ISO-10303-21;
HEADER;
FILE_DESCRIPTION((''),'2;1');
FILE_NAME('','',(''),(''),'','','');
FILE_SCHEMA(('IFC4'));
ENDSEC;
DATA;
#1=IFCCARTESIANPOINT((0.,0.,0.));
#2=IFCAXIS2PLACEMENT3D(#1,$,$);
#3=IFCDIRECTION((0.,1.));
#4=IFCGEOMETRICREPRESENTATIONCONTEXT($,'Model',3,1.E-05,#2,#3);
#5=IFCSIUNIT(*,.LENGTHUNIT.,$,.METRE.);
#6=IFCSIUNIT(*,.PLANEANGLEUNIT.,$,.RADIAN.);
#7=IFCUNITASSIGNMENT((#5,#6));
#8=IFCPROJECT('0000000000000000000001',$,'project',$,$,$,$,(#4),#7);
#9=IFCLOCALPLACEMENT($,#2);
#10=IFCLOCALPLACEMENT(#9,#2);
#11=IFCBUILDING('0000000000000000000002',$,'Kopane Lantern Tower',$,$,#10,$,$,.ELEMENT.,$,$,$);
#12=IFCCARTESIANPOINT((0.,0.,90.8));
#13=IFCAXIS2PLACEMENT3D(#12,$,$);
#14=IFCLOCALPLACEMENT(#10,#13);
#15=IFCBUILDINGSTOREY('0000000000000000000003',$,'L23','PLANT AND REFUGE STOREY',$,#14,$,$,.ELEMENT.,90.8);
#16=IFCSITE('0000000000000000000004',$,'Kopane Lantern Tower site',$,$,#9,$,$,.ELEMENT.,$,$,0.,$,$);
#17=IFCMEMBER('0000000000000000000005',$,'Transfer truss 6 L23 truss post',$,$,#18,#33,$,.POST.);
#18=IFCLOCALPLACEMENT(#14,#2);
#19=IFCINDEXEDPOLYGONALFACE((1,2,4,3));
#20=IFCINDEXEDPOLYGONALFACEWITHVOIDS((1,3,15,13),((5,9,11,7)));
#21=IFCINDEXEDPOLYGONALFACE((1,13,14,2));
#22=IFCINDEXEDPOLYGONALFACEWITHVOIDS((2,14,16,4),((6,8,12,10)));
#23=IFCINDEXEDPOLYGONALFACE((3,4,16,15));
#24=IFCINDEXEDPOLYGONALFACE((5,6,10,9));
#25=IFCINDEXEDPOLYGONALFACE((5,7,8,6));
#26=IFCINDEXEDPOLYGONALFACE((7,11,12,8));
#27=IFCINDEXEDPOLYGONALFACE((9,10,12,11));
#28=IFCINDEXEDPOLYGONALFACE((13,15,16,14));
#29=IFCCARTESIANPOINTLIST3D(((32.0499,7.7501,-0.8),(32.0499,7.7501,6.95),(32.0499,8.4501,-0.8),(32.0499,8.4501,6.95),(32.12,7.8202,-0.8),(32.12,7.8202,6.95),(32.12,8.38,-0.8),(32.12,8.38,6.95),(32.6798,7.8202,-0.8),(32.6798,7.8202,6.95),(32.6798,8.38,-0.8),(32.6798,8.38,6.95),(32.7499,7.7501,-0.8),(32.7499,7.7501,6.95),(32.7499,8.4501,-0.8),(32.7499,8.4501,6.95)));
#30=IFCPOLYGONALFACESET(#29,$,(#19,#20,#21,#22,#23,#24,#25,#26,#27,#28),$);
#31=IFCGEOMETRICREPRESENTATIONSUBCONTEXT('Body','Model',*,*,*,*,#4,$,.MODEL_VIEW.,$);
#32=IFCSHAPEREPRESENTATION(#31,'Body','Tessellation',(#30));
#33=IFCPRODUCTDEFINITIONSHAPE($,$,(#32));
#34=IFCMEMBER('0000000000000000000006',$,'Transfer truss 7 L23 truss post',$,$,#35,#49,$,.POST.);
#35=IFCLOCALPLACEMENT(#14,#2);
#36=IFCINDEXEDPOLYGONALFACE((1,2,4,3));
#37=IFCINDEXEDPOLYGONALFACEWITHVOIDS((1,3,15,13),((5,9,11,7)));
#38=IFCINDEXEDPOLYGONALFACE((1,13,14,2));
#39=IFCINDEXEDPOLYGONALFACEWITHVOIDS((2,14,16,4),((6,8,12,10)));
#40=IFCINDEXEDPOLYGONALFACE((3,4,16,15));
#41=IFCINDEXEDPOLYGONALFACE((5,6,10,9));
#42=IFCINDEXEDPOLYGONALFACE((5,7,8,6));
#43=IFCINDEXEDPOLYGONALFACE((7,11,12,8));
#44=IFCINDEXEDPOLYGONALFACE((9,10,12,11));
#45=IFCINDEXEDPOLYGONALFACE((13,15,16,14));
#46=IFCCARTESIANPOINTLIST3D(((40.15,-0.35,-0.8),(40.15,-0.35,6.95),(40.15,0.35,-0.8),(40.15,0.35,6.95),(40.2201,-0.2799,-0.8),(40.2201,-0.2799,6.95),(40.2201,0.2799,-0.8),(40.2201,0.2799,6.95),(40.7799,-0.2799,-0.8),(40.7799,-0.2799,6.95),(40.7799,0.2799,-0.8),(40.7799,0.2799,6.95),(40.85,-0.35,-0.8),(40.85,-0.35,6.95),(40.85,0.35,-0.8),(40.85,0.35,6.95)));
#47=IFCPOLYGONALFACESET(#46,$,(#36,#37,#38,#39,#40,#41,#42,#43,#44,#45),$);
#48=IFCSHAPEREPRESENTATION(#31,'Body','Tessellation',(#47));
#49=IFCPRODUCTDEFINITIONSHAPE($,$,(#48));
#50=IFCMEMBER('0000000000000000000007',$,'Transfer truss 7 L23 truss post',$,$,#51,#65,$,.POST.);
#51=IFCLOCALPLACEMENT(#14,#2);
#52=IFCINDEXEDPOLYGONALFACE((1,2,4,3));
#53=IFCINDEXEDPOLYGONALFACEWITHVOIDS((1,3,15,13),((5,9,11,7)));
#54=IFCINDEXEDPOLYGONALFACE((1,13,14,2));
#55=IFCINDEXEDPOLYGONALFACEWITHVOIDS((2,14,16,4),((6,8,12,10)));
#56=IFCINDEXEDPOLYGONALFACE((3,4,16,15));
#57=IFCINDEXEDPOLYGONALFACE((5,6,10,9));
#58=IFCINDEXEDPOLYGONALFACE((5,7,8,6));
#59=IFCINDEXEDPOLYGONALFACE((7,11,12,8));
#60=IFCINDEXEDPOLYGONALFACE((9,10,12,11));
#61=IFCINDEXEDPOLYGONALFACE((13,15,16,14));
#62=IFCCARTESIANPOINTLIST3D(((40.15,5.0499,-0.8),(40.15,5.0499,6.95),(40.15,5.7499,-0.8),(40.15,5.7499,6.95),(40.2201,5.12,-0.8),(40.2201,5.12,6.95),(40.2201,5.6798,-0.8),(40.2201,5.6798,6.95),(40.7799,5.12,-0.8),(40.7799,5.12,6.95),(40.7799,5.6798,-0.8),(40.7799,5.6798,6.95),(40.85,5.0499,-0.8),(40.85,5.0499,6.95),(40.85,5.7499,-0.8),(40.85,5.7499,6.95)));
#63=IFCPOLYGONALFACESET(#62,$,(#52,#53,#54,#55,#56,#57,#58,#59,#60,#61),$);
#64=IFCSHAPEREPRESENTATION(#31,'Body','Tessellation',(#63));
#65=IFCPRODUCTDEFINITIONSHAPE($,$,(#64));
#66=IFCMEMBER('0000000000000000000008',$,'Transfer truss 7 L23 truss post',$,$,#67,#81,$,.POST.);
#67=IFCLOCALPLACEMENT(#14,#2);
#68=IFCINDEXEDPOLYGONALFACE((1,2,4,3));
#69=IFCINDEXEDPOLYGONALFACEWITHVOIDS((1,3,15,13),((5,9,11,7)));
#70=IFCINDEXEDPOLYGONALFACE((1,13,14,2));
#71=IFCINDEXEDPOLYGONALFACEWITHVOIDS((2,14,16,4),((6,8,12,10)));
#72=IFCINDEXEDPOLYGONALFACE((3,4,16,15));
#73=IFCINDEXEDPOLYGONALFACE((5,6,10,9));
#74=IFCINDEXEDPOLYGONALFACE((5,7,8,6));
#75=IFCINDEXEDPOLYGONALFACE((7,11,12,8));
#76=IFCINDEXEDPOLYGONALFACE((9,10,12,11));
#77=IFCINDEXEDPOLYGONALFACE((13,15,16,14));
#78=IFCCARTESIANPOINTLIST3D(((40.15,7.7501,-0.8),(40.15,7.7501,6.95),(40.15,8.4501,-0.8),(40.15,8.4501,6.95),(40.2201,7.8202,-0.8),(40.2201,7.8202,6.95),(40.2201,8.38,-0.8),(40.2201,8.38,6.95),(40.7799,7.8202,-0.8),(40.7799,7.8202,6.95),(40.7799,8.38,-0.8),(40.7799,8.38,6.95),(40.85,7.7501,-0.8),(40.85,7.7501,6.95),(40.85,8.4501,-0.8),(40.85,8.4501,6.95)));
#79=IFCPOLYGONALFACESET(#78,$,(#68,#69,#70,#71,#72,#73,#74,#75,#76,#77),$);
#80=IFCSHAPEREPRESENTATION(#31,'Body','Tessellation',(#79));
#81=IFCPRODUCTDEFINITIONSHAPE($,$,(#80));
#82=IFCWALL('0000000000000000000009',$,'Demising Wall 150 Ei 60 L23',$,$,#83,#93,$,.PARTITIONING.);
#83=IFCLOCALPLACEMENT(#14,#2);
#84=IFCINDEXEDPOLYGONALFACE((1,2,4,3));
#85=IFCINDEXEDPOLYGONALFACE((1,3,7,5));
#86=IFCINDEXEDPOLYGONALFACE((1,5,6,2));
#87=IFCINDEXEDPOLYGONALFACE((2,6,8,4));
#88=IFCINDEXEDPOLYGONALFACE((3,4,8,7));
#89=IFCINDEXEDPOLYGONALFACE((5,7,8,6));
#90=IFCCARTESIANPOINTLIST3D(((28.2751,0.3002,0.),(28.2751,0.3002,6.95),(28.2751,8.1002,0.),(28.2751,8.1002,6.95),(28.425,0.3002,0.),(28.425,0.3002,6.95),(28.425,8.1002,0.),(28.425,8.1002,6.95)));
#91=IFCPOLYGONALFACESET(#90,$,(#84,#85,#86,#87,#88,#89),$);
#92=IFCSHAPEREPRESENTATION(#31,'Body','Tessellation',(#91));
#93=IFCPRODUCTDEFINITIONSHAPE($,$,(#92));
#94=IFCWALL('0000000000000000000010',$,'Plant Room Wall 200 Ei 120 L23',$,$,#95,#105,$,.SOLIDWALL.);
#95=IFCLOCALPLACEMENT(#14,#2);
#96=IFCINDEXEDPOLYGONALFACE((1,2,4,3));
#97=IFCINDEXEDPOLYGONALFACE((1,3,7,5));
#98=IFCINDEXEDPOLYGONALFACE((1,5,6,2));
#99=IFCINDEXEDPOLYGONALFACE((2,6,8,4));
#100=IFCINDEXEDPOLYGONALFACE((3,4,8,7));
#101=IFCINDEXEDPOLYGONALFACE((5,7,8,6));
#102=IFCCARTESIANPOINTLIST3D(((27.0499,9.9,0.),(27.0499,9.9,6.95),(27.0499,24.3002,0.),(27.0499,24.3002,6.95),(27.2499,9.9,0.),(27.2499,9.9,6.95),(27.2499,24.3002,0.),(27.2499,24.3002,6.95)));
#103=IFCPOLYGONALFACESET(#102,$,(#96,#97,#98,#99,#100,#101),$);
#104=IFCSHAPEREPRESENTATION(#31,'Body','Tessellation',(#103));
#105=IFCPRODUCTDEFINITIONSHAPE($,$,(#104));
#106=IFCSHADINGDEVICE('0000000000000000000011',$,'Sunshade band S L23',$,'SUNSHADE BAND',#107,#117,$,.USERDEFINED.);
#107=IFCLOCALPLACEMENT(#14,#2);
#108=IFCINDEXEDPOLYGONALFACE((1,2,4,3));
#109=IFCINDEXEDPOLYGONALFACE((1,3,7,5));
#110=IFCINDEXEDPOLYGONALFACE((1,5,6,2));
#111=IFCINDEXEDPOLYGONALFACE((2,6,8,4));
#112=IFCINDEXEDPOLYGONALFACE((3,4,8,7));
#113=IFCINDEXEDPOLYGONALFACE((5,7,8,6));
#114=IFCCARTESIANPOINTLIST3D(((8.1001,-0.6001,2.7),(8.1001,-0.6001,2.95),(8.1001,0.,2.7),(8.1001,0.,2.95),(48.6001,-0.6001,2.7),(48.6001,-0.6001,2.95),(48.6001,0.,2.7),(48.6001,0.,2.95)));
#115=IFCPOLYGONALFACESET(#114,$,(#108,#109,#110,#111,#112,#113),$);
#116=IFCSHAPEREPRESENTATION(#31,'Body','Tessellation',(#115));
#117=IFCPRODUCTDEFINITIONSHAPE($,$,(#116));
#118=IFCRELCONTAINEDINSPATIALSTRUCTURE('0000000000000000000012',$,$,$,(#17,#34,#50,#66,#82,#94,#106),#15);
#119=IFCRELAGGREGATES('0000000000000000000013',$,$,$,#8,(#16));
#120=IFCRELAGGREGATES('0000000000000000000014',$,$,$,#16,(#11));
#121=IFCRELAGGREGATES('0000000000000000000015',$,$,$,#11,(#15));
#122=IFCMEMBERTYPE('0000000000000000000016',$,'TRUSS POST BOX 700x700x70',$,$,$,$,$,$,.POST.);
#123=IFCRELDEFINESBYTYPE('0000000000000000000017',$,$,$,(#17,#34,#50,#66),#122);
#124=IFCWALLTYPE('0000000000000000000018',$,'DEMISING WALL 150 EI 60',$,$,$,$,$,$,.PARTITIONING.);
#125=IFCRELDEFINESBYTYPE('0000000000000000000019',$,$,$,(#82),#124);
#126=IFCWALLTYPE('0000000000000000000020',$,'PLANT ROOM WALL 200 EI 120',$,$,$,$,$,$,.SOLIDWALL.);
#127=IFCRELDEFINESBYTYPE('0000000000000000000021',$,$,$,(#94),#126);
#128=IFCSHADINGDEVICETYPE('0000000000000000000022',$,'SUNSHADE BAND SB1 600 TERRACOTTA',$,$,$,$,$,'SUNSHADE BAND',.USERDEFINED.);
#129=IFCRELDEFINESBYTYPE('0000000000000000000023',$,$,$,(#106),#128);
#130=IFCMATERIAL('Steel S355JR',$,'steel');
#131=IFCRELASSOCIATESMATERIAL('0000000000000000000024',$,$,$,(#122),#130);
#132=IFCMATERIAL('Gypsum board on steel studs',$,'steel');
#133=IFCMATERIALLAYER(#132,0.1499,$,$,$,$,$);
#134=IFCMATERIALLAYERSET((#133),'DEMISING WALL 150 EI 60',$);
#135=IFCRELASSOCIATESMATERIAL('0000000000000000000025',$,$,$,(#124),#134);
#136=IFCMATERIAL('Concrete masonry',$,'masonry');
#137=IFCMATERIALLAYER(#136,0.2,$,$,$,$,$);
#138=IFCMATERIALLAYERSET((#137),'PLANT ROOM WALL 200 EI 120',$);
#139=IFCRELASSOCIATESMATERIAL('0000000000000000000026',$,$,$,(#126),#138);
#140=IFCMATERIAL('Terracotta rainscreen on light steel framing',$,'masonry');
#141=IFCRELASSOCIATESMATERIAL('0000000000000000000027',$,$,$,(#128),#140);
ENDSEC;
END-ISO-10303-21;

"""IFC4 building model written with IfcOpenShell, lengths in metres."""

from ifc_helpers import new_model, si_unit, direction, frame, frame_2d, origin, origin_2d, place, context, subcontext, project, spatial, rectangle, hollow_rectangle, extrude, material, layer, layer_set, material_profile, profile_set, type_object, element, save


model = new_model("IFC4")

# Units and contexts
model_context = context("Model", 3, precision=1e-05, world=origin(), true_north=direction((0.0, 1.0)))
body_context = subcontext(model_context, "Body", "Model", "MODEL_VIEW")
ifc_project = project(units=[si_unit("LENGTHUNIT", "METRE"), si_unit("PLANEANGLEUNIT", "RADIAN")], contexts=[model_context])

# Site, building, storey
site_placement = place(None, origin())
site = spatial("IfcSite", under=ifc_project, at=site_placement, Name="Kopane Lantern Tower site", CompositionType="ELEMENT", RefElevation=0.0)
building_placement = place(site_placement, origin())
building = spatial("IfcBuilding", under=site, at=building_placement, Name="Kopane Lantern Tower", CompositionType="ELEMENT")
storey_placement = place(building_placement, frame((0.0, 0.0, 90.8)))
storey = spatial("IfcBuildingStorey", under=building, at=storey_placement, Name="L23", Description="PLANT AND REFUGE STOREY", CompositionType="ELEMENT", Elevation=90.8)

# Members
ifc_material_1 = material(Name="Steel S355JR", Category="steel")
ifc_material_profile_1 = material_profile(ifc_material_1, hollow_rectangle(XDim=0.7, YDim=0.7, WallThickness=0.0701, at=origin_2d()), Name="BOX 700x700x70")
ifc_profile_set_1 = profile_set([ifc_material_profile_1], Name="Steel S355JR")
member_type_1 = type_object("IfcMemberType", Name="TRUSS POST BOX 700x700x70", PredefinedType="POST", material=ifc_profile_set_1)
for number, where, z_axis, x_axis, name in (
    (1, (32.3999, 8.1001, -0.8), (0.0, 0.0, 1.0), (1.0, 0.0, 0.0), "Transfer truss 6 L23 truss post"),
    (2, (40.5, 0.0, -0.8), (0.0, 0.0, 1.0), (1.0, 0.0, 0.0), "Transfer truss 7 L23 truss post"),
    (3, (40.5, 5.3999, -0.8), (0.0, 0.0, 1.0), (1.0, 0.0, 0.0), "Transfer truss 7 L23 truss post"),
    (4, (40.5, 8.1001, -0.8), (0.0, 0.0, 1.0), (1.0, 0.0, 0.0), "Transfer truss 7 L23 truss post"),
):
    element("IfcMember", number, at=place(storey_placement, frame(where, z_axis=z_axis, x_axis=x_axis)), inside=storey, type_object=member_type_1, Name=name, PredefinedType="POST", context=body_context, shape_type="SweptSolid", body=[
        extrude(hollow_rectangle(XDim=0.7, YDim=0.7, WallThickness=0.0701, at=origin_2d()), origin(), (0.0, 0.0, 1.0), 7.75),
    ])

# Walls
ifc_material_2 = material(Name="Gypsum board on steel studs", Category="steel")
ifc_layer_1 = layer(ifc_material_2, 0.1499)
ifc_layer_set_1 = layer_set([ifc_layer_1], Name="DEMISING WALL 150 EI 60")
wall_type_1 = type_object("IfcWallType", Name="DEMISING WALL 150 EI 60", PredefinedType="PARTITIONING", material=ifc_layer_set_1)
wall_1_placement = place(storey_placement, frame((28.3501, 8.1001, 0.0), z_axis=(0.0, 0.0, 1.0), x_axis=(0.0, -1.0, 0.0)))
element("IfcWall", 5, at=wall_1_placement, inside=storey, type_object=wall_type_1, Name="Demising Wall 150 Ei 60 L23", PredefinedType="PARTITIONING", context=body_context, shape_type="SweptSolid", body=[
    extrude(rectangle(XDim=7.8, YDim=0.1499, at=frame_2d((3.8999, 0.0))), origin(), (0.0, 0.0, 1.0), 6.95),
])
ifc_material_3 = material(Name="Concrete masonry", Category="masonry")
ifc_layer_2 = layer(ifc_material_3, 0.2)
ifc_layer_set_2 = layer_set([ifc_layer_2], Name="PLANT ROOM WALL 200 EI 120")
wall_type_2 = type_object("IfcWallType", Name="PLANT ROOM WALL 200 EI 120", PredefinedType="SOLIDWALL", material=ifc_layer_set_2)
wall_2_placement = place(storey_placement, frame((27.1499, 9.8999, 0.0), z_axis=(0.0, 0.0, 1.0), x_axis=(0.0, 1.0, 0.0)))
element("IfcWall", 6, at=wall_2_placement, inside=storey, type_object=wall_type_2, Name="Plant Room Wall 200 Ei 120 L23", PredefinedType="SOLIDWALL", context=body_context, shape_type="SweptSolid", body=[
    extrude(rectangle(XDim=14.4001, YDim=0.2, at=frame_2d((7.2002, 0.0))), origin(), (0.0, 0.0, 1.0), 6.95),
])

# Shading device
ifc_material_4 = material(Name="Terracotta rainscreen on light steel framing", Category="masonry")
shading_device_type = type_object("IfcShadingDeviceType", Name="SUNSHADE BAND SB1 600 TERRACOTTA", ElementType="SUNSHADE BAND", PredefinedType="USERDEFINED", material=ifc_material_4)
shading_device_placement = place(storey_placement, frame((28.3501, -0.3, 2.7), z_axis=(0.0, 0.0, 1.0), x_axis=(1.0, 0.0, 0.0)))
element("IfcShadingDevice", 7, at=shading_device_placement, inside=storey, type_object=shading_device_type, Name="Sunshade band S L23", ObjectType="SUNSHADE BAND", PredefinedType="USERDEFINED", context=body_context, shape_type="SweptSolid", body=[
    extrude(rectangle(XDim=40.5, YDim=0.6001, at=origin_2d()), origin(), (0.0, 0.0, 1.0), 0.25),
])

save(model, "model.ifc")
